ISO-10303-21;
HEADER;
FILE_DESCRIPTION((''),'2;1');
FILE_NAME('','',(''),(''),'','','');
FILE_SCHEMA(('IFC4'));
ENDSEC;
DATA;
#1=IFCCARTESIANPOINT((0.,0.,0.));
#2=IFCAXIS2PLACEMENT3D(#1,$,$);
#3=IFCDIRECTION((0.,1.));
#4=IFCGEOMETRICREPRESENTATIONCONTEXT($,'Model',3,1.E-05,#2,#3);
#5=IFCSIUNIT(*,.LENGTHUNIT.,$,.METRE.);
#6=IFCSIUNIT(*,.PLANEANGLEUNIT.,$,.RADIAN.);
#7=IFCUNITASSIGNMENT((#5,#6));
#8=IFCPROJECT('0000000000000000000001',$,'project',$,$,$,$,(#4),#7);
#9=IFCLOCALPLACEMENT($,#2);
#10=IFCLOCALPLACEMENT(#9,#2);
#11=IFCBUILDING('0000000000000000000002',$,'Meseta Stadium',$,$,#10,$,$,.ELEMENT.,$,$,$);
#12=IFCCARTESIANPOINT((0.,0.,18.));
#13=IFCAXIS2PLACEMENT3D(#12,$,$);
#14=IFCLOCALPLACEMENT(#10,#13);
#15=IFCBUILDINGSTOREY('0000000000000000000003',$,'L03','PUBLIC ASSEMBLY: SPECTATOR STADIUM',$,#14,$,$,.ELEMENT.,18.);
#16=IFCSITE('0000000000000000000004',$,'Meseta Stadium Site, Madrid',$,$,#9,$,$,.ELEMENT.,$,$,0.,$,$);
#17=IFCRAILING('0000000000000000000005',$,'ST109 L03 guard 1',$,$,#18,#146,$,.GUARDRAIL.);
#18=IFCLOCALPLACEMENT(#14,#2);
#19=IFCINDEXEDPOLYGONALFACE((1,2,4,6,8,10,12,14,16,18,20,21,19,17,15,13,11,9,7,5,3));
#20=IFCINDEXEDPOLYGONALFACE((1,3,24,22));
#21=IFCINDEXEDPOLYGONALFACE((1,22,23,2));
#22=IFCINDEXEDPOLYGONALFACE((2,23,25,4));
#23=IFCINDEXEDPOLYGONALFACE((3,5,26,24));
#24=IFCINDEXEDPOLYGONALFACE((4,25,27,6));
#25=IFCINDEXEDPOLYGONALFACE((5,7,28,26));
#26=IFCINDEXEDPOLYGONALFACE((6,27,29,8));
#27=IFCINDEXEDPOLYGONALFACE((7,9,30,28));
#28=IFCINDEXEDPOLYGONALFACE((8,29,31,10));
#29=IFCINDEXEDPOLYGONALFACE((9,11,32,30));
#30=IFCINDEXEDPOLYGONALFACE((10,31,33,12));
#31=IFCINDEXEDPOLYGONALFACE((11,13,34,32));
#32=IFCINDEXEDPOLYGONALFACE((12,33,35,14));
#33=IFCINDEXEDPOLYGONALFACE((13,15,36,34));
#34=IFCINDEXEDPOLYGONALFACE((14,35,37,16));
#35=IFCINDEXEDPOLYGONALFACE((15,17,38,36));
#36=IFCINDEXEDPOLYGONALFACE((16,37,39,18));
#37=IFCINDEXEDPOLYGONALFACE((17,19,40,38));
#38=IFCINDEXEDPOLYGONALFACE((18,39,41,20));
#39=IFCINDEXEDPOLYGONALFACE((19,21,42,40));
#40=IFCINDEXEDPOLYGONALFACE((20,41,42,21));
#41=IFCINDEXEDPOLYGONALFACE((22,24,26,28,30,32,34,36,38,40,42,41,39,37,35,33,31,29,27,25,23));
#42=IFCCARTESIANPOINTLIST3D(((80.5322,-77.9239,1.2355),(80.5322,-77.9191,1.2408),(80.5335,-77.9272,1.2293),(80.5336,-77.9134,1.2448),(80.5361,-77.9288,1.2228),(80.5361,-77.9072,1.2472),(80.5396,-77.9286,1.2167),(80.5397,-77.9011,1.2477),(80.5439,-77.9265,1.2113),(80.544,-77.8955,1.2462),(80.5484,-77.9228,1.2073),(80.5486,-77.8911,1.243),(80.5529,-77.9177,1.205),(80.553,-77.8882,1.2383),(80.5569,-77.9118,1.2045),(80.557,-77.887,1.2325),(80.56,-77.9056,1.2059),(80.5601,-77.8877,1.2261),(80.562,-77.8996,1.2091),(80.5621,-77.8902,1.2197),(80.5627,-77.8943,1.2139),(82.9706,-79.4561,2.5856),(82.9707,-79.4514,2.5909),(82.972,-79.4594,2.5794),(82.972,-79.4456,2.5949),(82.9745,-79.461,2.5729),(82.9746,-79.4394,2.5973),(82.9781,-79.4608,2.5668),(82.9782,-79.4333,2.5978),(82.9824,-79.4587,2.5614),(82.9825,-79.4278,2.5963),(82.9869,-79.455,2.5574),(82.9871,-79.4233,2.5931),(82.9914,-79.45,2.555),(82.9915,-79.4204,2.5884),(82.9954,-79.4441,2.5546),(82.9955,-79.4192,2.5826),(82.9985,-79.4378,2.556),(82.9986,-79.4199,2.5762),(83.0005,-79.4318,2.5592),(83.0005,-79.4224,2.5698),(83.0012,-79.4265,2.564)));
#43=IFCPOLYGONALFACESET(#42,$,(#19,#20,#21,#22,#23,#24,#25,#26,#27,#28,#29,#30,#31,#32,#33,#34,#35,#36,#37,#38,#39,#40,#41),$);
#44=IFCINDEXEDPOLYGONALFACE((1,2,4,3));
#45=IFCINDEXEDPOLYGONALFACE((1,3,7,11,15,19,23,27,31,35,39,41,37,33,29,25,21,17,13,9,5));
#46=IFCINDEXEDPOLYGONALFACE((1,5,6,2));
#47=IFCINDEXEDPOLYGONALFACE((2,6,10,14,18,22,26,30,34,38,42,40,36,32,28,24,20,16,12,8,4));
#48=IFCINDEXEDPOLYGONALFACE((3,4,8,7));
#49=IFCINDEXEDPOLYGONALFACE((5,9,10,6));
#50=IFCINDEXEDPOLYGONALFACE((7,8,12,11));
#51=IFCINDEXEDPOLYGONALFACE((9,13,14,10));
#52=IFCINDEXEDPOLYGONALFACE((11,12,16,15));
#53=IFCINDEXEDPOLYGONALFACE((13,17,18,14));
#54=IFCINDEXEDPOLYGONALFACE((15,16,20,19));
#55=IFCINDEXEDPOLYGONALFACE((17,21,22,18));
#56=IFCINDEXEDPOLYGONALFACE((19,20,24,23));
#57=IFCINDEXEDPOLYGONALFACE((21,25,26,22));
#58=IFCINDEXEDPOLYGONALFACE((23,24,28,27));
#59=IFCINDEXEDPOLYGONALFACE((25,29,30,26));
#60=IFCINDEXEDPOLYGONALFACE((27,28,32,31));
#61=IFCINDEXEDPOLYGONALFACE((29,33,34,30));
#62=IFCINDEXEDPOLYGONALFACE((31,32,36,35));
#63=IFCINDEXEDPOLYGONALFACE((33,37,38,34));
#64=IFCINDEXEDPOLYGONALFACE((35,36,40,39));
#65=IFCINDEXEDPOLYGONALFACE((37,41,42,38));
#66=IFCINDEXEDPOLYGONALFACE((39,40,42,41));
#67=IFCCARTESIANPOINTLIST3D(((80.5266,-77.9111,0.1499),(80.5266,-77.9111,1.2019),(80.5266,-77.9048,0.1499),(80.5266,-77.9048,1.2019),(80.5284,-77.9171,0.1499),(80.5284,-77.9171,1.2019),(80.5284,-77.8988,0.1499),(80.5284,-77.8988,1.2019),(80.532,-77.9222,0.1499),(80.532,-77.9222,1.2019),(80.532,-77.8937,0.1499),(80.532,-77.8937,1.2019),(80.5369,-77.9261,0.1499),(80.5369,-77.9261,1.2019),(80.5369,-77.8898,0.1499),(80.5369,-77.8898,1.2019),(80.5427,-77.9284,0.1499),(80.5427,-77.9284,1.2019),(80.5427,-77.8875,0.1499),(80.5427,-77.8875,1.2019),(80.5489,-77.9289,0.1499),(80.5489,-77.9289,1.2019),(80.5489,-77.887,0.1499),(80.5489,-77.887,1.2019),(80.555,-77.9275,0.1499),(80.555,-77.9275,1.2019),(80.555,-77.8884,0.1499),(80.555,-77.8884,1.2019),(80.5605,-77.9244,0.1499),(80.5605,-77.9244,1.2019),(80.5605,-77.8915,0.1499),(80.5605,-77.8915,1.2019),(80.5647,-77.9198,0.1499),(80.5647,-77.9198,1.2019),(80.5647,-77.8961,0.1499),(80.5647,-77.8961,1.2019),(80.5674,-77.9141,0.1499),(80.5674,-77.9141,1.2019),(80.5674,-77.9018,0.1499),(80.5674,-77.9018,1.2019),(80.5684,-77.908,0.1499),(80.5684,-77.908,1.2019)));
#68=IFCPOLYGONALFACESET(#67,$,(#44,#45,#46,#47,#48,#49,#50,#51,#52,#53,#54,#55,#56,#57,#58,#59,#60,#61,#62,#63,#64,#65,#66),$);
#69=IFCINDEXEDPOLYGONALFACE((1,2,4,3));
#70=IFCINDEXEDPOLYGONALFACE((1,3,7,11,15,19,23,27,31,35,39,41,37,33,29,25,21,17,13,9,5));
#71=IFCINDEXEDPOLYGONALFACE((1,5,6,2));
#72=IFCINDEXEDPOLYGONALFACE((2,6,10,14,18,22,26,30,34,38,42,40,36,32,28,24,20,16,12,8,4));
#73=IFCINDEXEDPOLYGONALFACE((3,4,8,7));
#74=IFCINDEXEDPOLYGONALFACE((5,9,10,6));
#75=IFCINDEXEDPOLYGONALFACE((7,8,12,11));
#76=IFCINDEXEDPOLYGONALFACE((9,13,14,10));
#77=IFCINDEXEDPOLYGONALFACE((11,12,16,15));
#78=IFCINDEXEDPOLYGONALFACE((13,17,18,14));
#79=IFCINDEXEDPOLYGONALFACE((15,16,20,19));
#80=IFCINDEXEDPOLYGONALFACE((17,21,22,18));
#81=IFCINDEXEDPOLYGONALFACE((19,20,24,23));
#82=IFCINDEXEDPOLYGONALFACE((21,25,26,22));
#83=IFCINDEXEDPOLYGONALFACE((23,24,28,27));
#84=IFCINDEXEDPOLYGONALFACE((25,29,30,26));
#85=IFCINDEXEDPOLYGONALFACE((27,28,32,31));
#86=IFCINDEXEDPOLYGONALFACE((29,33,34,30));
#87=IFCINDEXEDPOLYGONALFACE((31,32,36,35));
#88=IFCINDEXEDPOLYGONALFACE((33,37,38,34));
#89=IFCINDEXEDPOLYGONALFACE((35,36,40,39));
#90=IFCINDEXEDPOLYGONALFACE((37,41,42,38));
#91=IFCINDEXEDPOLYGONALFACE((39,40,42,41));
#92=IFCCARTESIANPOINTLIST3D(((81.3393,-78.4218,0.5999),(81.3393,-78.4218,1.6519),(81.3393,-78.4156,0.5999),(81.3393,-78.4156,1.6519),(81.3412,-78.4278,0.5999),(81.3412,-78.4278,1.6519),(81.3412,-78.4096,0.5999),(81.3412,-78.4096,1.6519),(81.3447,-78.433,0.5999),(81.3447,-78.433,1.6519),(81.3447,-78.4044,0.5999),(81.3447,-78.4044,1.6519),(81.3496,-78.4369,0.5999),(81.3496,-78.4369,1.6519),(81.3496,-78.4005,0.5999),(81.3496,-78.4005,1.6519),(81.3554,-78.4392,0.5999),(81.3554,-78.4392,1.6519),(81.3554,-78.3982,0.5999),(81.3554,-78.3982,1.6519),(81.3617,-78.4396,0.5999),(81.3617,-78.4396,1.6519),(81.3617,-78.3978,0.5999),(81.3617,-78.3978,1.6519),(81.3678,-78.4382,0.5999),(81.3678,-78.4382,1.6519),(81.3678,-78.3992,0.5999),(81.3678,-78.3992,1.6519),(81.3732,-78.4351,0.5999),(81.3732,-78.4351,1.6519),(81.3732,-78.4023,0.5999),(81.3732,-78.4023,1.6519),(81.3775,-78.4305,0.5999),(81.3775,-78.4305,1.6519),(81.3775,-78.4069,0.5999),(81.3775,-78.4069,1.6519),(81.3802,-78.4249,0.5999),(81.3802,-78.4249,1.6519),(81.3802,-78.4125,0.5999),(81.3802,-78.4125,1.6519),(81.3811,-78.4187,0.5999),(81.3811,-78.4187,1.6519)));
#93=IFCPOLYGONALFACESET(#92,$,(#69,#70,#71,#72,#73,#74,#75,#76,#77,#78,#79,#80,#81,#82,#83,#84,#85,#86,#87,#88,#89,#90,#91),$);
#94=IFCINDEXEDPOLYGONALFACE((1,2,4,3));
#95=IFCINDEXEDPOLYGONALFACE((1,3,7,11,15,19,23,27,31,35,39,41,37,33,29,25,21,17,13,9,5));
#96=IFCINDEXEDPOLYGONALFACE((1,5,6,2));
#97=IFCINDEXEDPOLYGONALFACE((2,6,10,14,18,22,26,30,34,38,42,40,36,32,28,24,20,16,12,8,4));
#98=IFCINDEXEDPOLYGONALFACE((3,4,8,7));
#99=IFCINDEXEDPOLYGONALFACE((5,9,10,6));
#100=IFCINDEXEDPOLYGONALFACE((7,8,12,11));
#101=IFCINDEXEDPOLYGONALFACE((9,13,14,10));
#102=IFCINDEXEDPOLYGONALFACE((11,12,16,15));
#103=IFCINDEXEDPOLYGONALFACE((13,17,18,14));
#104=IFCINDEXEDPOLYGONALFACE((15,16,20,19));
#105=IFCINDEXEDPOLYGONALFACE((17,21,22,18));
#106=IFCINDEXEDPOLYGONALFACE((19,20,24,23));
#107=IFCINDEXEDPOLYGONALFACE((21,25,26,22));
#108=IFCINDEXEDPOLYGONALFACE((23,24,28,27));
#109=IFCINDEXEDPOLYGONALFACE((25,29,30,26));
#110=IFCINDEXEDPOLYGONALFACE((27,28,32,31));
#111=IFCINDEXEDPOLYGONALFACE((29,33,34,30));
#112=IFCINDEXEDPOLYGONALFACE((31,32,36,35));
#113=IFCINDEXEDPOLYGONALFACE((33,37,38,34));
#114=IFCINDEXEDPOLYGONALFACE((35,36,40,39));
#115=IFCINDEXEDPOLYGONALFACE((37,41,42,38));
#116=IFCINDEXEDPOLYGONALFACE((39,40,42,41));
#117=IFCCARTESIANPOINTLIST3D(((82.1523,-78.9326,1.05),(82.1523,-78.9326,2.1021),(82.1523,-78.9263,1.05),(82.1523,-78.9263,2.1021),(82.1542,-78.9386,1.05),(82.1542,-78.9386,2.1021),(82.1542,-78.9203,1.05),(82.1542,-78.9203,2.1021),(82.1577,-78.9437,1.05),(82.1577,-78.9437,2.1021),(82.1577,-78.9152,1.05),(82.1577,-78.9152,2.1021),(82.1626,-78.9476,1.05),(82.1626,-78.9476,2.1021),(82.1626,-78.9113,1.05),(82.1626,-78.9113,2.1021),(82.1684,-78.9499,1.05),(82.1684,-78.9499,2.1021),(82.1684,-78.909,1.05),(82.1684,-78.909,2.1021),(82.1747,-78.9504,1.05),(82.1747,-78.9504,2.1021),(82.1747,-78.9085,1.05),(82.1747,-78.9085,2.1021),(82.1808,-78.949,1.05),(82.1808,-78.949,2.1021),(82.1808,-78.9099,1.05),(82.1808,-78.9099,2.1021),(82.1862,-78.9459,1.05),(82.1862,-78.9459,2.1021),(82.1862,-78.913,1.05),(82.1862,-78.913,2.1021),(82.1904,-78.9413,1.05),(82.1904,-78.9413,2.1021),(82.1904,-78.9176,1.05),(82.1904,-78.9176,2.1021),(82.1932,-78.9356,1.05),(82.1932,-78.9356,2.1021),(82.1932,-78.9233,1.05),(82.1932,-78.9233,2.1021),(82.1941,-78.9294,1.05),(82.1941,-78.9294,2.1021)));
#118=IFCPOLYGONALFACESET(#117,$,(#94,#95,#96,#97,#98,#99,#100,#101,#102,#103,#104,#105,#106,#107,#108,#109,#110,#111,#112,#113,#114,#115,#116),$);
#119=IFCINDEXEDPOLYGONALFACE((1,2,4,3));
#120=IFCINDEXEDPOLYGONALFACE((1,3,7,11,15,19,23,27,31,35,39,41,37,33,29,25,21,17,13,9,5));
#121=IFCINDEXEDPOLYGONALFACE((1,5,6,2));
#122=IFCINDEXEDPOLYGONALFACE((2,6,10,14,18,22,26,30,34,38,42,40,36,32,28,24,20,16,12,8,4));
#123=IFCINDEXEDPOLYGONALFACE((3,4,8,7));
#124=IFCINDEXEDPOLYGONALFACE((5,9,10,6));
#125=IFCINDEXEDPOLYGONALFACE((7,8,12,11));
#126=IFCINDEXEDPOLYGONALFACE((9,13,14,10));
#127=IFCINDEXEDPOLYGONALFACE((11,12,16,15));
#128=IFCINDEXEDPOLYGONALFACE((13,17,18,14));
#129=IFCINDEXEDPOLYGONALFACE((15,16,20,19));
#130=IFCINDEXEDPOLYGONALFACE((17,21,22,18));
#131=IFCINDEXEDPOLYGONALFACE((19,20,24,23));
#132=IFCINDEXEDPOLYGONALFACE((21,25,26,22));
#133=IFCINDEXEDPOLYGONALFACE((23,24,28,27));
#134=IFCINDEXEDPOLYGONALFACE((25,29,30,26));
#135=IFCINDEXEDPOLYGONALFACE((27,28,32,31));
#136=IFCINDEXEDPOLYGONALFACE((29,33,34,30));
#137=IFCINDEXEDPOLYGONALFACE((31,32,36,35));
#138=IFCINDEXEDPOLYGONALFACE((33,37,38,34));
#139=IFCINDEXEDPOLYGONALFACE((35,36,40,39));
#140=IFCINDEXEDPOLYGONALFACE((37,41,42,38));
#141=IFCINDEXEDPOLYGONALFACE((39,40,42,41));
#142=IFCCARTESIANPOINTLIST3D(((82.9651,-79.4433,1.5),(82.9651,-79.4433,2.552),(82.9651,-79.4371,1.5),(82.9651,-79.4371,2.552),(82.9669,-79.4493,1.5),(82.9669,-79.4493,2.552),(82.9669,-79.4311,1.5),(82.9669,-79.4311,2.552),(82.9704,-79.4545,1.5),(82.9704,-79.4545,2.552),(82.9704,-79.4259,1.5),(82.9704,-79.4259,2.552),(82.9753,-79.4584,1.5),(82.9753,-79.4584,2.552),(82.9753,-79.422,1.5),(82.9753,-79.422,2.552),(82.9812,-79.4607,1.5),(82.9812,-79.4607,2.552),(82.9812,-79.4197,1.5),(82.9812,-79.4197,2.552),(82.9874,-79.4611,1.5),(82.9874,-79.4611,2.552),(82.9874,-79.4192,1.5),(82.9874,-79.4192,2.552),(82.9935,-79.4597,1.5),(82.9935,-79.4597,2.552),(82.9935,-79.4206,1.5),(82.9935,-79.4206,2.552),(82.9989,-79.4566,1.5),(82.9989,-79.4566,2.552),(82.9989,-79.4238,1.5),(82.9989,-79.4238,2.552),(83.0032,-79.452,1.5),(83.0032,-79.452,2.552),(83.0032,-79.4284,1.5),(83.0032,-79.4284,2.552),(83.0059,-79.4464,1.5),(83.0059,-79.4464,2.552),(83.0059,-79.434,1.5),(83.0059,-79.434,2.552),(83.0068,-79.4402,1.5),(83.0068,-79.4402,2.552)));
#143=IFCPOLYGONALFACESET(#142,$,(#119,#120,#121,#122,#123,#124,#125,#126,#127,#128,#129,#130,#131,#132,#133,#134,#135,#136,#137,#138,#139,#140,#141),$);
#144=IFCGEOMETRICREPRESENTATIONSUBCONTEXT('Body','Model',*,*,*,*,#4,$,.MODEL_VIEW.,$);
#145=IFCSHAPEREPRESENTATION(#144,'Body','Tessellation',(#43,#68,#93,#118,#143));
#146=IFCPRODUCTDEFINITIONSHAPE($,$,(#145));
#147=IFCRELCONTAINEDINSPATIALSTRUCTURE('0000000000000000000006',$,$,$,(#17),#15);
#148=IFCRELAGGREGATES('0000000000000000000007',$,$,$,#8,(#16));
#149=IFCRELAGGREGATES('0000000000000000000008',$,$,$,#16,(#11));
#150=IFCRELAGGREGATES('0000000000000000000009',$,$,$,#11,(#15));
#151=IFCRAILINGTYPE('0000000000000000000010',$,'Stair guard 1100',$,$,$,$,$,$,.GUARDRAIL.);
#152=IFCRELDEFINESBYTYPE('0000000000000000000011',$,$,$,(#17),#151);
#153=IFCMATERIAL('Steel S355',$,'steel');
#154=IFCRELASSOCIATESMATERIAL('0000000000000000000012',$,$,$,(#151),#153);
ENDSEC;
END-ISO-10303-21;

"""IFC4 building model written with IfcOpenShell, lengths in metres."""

from ifc_helpers import new_model, si_unit, direction, frame, origin, origin_2d, place, context, subcontext, project, spatial, circle, extrude, material, type_object, element, save


model = new_model("IFC4")

# Units and contexts
model_context = context("Model", 3, precision=1e-05, world=origin(), true_north=direction((0.0, 1.0)))
body_context = subcontext(model_context, "Body", "Model", "MODEL_VIEW")
ifc_project = project(units=[si_unit("LENGTHUNIT", "METRE"), si_unit("PLANEANGLEUNIT", "RADIAN")], contexts=[model_context])

# Site, building, storey
site_placement = place(None, origin())
site = spatial("IfcSite", under=ifc_project, at=site_placement, Name="Meseta Stadium Site, Madrid", CompositionType="ELEMENT", RefElevation=0.0)
building_placement = place(site_placement, origin())
building = spatial("IfcBuilding", under=site, at=building_placement, Name="Meseta Stadium", CompositionType="ELEMENT")
storey_placement = place(building_placement, frame((0.0, 0.0, 18.0)))
storey = spatial("IfcBuildingStorey", under=building, at=storey_placement, Name="L03", Description="PUBLIC ASSEMBLY: SPECTATOR STADIUM", CompositionType="ELEMENT", Elevation=18.0)

# Railing
ifc_material_1 = material(Name="Steel S355", Category="steel")
railing_type_1 = type_object("IfcRailingType", Name="Stair guard 1100", PredefinedType="GUARDRAIL", material=ifc_material_1)
railing_1_placement = place(storey_placement, frame((80.5474, -77.908, 0.1499)))
element("IfcRailing", 1, at=railing_1_placement, inside=storey, type_object=railing_type_1, Name="ST109 L03 guard 1", PredefinedType="GUARDRAIL", context=body_context, shape_type="SweptSolid", body=[
    extrude(circle(Radius=0.0239, at=origin_2d()), frame((0.0, 0.0, 1.0762), z_axis=(0.766655, -0.481731, 0.42447), x_axis=(0.53204, 0.846719, 0.0)), (0.0, 0.0, 1.0), 3.1807),
    extrude(circle(Radius=0.021, at=origin_2d()), origin(), (0.0, 0.0, 1.0), 1.052),
    extrude(circle(Radius=0.021, at=origin_2d()), frame((0.8127, -0.5107, 0.45)), (0.0, 0.0, 1.0), 1.052),
    extrude(circle(Radius=0.021, at=origin_2d()), frame((1.6257, -1.0215, 0.9001)), (0.0, 0.0, 1.0), 1.052),
    extrude(circle(Radius=0.021, at=origin_2d()), frame((2.4385, -1.5322, 1.3501)), (0.0, 0.0, 1.0), 1.052),
])

save(model, "model.ifc")
